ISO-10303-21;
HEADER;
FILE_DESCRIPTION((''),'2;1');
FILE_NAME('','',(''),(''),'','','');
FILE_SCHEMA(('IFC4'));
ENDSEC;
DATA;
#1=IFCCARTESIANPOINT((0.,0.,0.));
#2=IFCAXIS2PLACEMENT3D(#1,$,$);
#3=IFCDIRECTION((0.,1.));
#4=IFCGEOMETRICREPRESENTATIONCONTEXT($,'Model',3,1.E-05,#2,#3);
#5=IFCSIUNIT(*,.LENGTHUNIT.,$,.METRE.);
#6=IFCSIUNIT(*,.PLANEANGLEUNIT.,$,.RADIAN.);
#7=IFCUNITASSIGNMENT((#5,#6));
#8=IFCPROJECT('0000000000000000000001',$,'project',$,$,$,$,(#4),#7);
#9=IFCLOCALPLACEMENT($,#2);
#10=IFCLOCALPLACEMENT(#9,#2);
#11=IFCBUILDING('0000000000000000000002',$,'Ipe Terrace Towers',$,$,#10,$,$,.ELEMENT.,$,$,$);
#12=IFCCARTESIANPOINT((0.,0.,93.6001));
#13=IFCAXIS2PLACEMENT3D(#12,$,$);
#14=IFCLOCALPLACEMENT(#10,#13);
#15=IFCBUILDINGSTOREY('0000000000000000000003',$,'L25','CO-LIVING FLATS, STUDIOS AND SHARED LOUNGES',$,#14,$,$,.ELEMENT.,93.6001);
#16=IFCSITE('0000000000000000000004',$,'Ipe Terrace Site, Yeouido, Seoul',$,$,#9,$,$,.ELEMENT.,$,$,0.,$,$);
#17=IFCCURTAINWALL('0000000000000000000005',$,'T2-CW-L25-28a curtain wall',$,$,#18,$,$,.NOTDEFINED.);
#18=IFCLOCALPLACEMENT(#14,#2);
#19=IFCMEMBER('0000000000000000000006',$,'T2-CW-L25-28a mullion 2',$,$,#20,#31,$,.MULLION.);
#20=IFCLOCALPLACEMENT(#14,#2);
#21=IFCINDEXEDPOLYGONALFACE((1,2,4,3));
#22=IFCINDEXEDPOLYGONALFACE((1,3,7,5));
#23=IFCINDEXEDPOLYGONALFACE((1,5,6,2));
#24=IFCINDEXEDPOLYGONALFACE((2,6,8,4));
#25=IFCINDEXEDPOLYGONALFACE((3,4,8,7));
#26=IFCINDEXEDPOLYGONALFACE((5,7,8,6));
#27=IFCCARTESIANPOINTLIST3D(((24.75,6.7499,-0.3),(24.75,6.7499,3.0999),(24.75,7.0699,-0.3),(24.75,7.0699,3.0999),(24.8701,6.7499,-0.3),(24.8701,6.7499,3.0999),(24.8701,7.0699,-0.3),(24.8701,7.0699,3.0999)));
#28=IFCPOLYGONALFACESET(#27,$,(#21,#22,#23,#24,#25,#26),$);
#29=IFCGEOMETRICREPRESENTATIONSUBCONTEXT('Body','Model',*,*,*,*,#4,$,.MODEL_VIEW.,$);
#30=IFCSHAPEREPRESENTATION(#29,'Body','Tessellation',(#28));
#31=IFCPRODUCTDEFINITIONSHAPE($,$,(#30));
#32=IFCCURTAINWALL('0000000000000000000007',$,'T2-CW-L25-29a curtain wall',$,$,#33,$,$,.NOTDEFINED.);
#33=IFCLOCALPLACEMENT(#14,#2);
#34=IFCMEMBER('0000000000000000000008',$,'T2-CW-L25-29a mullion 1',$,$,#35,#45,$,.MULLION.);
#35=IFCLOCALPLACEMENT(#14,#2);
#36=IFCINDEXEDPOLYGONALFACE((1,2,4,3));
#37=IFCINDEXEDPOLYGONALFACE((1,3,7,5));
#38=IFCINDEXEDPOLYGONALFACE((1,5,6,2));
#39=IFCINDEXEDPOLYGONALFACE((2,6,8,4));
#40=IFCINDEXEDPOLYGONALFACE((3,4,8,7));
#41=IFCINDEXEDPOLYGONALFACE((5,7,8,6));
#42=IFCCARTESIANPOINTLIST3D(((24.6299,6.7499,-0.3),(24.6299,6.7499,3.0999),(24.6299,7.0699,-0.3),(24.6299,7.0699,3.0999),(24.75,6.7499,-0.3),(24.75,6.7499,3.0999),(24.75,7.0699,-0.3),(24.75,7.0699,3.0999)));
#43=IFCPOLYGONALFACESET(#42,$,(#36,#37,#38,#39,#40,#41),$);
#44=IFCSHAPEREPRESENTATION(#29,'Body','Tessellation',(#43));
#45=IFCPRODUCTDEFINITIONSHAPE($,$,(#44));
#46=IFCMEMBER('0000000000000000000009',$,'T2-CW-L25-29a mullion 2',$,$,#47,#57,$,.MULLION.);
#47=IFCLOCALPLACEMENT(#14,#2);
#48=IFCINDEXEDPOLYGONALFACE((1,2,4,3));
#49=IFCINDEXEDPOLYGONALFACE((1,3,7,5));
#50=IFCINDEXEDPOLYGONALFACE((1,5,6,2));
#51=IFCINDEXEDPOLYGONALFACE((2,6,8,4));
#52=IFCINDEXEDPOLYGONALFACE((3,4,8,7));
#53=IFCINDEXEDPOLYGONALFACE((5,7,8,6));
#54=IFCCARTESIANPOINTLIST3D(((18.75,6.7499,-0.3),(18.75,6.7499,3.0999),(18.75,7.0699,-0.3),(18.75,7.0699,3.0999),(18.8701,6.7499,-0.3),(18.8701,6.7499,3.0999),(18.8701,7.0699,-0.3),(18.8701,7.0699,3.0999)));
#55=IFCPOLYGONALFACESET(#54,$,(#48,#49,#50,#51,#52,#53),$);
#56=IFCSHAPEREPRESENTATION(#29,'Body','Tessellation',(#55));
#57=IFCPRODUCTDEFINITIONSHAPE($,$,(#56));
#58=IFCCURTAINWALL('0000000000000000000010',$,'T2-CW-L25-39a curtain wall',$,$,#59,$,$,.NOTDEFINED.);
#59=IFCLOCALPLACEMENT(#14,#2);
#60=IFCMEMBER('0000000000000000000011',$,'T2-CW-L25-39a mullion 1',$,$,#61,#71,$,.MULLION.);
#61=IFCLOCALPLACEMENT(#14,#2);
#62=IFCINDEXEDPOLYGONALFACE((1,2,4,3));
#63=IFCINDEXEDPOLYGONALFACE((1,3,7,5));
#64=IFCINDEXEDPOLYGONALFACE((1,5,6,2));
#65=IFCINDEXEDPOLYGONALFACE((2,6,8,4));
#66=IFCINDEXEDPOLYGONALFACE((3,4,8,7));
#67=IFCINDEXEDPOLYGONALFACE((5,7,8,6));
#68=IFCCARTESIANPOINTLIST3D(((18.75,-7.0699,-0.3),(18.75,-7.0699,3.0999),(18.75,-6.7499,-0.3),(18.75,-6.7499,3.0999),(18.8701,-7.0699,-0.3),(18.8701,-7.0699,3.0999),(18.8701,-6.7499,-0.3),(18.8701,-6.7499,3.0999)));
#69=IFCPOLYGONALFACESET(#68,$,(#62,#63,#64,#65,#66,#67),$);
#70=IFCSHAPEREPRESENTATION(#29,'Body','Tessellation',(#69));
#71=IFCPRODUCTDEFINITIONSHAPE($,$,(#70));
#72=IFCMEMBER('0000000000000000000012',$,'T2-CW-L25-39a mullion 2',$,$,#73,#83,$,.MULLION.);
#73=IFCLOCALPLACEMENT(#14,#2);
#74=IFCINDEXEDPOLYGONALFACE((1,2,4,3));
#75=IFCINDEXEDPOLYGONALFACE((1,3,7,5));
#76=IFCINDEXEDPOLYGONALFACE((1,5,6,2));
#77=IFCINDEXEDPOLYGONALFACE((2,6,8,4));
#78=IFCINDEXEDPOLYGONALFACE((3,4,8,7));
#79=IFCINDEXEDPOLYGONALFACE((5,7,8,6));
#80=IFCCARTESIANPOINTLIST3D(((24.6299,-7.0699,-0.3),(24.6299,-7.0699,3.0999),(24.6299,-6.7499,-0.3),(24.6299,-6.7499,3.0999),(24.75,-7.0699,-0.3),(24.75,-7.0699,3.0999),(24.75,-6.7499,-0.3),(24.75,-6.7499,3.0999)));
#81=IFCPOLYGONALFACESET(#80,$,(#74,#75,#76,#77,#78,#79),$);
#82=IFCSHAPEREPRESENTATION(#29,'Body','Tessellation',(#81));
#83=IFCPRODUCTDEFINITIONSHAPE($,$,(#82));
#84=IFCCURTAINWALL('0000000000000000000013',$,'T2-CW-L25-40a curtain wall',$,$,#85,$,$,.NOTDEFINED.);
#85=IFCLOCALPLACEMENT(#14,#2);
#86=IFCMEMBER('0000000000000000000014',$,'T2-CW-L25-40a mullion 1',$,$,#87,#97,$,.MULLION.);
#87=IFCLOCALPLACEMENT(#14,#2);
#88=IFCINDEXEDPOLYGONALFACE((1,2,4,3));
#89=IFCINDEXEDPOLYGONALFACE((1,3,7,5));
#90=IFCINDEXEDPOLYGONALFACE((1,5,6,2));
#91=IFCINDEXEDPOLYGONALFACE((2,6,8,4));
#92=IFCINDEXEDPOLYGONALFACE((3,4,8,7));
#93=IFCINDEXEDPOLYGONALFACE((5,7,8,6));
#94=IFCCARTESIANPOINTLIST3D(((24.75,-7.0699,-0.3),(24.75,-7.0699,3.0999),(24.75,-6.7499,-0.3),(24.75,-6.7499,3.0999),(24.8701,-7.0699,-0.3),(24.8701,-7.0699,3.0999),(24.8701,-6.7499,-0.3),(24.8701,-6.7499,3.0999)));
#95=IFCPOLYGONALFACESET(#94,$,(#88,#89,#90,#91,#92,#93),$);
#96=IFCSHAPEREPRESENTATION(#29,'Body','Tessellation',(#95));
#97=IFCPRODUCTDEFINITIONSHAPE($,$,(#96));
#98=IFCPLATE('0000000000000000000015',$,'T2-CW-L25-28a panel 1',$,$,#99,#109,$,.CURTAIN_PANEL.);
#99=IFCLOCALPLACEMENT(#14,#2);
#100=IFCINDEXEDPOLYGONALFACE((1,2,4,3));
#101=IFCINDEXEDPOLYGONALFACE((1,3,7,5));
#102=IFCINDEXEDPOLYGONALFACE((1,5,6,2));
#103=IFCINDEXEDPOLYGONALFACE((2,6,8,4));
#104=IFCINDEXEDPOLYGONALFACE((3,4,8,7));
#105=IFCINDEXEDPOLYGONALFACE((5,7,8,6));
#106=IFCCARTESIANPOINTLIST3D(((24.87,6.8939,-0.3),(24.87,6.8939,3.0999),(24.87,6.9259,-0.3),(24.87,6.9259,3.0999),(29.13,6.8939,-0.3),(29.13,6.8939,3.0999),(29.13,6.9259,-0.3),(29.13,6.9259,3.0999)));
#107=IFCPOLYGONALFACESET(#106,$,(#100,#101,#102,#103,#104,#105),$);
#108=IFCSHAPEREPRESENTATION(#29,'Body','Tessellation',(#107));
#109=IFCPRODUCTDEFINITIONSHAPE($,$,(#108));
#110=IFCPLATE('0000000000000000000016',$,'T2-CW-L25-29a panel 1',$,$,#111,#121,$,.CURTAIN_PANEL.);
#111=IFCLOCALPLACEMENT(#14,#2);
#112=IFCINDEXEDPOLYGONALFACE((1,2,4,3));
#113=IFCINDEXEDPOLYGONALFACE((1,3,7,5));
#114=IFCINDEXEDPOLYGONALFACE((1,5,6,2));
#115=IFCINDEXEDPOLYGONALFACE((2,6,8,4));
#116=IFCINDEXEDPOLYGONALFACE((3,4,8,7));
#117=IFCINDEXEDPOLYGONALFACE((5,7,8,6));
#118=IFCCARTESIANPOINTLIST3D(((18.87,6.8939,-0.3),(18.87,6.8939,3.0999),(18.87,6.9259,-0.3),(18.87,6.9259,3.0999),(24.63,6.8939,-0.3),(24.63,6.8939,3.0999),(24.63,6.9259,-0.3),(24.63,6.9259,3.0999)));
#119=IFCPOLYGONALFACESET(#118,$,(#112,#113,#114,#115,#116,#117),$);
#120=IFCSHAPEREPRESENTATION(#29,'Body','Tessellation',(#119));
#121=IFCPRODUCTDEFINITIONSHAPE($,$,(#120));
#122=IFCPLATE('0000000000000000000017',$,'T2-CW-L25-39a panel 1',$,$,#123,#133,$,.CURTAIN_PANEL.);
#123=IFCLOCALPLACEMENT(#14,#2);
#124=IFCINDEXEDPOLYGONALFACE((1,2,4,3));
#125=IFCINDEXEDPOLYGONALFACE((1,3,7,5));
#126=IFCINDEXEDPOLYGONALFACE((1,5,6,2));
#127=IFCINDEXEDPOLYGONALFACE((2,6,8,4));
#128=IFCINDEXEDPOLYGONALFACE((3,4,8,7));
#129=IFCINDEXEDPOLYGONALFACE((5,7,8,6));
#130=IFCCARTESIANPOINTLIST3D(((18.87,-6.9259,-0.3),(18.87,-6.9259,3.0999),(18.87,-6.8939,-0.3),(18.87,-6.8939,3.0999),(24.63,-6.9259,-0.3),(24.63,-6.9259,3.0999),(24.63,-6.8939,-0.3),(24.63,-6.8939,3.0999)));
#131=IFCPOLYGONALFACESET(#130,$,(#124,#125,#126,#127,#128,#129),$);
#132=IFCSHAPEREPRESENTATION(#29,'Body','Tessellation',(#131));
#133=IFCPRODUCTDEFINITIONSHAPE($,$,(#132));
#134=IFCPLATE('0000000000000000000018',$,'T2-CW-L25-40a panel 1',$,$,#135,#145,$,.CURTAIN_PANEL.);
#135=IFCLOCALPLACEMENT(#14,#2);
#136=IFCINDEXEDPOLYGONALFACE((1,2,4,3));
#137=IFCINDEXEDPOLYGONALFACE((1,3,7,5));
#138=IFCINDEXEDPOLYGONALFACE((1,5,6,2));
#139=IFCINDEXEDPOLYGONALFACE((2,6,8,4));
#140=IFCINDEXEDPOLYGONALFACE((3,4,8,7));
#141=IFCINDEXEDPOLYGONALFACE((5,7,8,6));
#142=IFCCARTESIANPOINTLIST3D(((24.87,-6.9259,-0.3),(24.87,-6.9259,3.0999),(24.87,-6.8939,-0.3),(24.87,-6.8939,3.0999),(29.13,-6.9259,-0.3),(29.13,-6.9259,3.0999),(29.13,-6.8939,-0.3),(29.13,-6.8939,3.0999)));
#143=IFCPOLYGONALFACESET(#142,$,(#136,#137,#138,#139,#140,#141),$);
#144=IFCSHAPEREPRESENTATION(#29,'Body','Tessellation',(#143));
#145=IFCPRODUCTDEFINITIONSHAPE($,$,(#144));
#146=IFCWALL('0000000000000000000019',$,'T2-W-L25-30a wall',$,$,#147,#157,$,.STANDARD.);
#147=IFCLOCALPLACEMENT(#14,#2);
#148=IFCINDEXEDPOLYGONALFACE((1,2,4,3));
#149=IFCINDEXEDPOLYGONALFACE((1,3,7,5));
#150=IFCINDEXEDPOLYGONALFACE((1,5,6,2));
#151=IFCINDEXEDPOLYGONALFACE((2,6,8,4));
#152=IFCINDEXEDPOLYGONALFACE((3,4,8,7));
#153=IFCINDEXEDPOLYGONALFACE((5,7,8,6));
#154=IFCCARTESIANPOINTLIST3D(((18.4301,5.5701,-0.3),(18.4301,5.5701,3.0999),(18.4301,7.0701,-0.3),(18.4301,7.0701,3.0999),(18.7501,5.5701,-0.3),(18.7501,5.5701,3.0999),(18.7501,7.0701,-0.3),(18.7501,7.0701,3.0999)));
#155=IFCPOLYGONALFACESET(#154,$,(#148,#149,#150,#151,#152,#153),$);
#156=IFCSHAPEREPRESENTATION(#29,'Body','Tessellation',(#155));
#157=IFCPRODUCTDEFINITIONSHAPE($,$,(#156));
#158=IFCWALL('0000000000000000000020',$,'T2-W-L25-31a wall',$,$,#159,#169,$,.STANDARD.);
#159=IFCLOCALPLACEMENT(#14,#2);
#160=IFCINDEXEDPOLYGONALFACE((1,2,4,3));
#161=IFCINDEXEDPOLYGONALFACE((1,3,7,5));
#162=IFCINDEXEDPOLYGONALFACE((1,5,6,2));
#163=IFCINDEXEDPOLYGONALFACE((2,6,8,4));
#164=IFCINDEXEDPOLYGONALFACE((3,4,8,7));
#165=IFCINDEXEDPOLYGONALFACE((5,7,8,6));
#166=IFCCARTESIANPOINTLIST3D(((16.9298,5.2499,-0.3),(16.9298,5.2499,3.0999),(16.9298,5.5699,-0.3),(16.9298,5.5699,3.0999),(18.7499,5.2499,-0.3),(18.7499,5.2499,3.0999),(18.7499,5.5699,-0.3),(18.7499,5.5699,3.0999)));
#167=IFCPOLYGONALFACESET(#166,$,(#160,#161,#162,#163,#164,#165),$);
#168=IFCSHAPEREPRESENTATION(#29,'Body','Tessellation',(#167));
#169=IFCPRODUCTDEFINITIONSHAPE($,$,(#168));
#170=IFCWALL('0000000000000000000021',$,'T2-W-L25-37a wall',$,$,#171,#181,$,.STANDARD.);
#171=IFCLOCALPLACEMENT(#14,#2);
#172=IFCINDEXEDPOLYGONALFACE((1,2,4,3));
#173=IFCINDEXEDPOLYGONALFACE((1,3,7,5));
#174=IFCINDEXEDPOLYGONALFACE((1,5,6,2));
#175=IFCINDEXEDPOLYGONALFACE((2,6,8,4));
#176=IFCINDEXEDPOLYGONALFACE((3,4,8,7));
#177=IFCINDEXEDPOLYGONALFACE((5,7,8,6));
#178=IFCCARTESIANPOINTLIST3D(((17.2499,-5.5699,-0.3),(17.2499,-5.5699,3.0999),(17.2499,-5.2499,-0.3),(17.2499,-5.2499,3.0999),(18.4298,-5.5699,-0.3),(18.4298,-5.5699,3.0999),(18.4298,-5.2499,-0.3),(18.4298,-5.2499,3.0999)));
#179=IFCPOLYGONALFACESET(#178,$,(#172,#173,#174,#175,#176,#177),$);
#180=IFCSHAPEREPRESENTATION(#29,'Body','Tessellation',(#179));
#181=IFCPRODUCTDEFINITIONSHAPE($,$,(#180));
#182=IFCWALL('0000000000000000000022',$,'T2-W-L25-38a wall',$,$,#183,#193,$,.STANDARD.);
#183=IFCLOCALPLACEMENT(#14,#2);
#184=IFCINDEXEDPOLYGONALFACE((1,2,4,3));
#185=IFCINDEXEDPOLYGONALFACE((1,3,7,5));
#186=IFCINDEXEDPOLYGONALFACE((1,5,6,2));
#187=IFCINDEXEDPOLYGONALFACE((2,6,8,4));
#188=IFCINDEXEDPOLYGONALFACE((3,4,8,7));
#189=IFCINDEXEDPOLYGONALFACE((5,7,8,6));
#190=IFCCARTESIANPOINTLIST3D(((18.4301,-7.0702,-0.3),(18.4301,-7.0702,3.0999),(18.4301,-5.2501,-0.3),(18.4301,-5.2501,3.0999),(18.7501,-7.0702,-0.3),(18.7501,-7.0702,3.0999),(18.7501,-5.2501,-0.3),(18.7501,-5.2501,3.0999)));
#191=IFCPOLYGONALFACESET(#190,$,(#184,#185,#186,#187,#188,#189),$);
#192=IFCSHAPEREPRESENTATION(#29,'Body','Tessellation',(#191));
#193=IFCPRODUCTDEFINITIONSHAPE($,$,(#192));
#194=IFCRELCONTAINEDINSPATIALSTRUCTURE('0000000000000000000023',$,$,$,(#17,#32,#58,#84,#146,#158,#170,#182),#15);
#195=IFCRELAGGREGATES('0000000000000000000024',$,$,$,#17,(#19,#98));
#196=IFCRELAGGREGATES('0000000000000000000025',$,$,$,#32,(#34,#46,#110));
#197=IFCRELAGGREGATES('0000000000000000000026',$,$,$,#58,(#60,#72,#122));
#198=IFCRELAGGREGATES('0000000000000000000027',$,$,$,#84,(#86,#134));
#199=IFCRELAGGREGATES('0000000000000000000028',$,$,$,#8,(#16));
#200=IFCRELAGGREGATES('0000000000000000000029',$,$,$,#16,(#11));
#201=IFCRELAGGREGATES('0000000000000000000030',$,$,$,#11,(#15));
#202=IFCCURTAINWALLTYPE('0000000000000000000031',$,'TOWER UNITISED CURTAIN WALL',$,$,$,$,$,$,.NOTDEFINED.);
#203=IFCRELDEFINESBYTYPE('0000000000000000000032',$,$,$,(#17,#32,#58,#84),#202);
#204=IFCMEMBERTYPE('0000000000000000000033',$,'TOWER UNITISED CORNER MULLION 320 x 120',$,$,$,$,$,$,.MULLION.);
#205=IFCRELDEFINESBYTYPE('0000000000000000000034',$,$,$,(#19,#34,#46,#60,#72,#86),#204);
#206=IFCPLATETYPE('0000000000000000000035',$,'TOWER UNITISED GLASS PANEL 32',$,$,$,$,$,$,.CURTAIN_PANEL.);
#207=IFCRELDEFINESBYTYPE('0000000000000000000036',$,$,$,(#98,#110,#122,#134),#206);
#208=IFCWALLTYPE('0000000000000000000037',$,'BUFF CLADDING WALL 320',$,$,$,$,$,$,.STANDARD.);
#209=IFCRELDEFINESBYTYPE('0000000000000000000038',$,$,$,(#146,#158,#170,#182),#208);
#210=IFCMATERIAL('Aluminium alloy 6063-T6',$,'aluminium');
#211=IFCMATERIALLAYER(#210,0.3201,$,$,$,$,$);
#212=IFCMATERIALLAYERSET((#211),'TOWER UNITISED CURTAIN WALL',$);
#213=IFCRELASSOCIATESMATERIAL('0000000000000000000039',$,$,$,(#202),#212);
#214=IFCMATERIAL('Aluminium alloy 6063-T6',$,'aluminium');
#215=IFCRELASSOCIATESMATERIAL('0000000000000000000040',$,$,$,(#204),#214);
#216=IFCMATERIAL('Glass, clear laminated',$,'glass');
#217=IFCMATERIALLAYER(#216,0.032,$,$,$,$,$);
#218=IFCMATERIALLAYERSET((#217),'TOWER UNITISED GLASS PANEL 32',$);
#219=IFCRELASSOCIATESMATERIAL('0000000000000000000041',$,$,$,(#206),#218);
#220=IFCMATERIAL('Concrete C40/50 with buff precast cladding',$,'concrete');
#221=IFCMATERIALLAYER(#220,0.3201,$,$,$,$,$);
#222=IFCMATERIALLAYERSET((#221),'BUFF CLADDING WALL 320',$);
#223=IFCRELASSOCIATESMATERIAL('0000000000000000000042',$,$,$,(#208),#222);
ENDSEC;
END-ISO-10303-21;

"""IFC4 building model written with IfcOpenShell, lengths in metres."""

from ifc_helpers import new_model, si_unit, direction, frame, frame_2d, origin, origin_2d, place, context, subcontext, project, spatial, rectangle, extrude, material, layer, layer_set, material_profile, profile_set, type_object, element, aggregate, save


model = new_model("IFC4")

# Units and contexts
model_context = context("Model", 3, precision=1e-05, world=origin(), true_north=direction((0.0, 1.0)))
body_context = subcontext(model_context, "Body", "Model", "MODEL_VIEW")
ifc_project = project(units=[si_unit("LENGTHUNIT", "METRE"), si_unit("PLANEANGLEUNIT", "RADIAN")], contexts=[model_context])

# Site, building, storey
site_placement = place(None, origin())
site = spatial("IfcSite", under=ifc_project, at=site_placement, Name="Ipe Terrace Site, Yeouido, Seoul", CompositionType="ELEMENT", RefElevation=0.0)
building_placement = place(site_placement, origin())
building = spatial("IfcBuilding", under=site, at=building_placement, Name="Ipe Terrace Towers", CompositionType="ELEMENT")
storey_placement = place(building_placement, frame((0.0, 0.0, 93.6001)))
storey = spatial("IfcBuildingStorey", under=building, at=storey_placement, Name="L25", Description="CO-LIVING FLATS, STUDIOS AND SHARED LOUNGES", CompositionType="ELEMENT", Elevation=93.6001)

# Curtain wall, member
ifc_material_1 = material(Name="Aluminium alloy 6063-T6", Category="aluminium")
ifc_layer_1 = layer(ifc_material_1, 0.3201)
ifc_layer_set_1 = layer_set([ifc_layer_1], Name="TOWER UNITISED CURTAIN WALL")
curtain_wall_type = type_object("IfcCurtainWallType", Name="TOWER UNITISED CURTAIN WALL", PredefinedType="NOTDEFINED", material=ifc_layer_set_1)
curtain_wall_1_placement = place(storey_placement, origin())
curtain_wall_1 = element("IfcCurtainWall", 1, at=curtain_wall_1_placement, inside=storey, type_object=curtain_wall_type, Name="T2-CW-L25-28a curtain wall", PredefinedType="NOTDEFINED")
ifc_material_2 = material(Name="Aluminium alloy 6063-T6", Category="aluminium")
ifc_material_profile_1 = material_profile(ifc_material_2, rectangle(XDim=0.3201, YDim=0.1201, at=origin_2d()), Name="TOWER UNITISED CORNER MULLION 320 x 120")
ifc_profile_set_1 = profile_set([ifc_material_profile_1], Name="Aluminium alloy 6063-T6")
member_type = type_object("IfcMemberType", Name="TOWER UNITISED CORNER MULLION 320 x 120", PredefinedType="MULLION", material=ifc_profile_set_1)
member_1_placement = place(storey_placement, frame((24.8101, 6.9099, -0.3), z_axis=(0.0, 0.0, 1.0), x_axis=(0.0, 1.0, 0.0)))
member_1 = element("IfcMember", 2, at=member_1_placement, type_object=member_type, Name="T2-CW-L25-28a mullion 2", PredefinedType="MULLION", context=body_context, shape_type="SweptSolid", body=[
    extrude(rectangle(XDim=0.3201, YDim=0.1201, at=origin_2d()), origin(), (0.0, 0.0, 1.0), 3.3999),
])

# Curtain walls, members
curtain_wall_2_placement = place(storey_placement, origin())
curtain_wall_2 = element("IfcCurtainWall", 3, at=curtain_wall_2_placement, inside=storey, type_object=curtain_wall_type, Name="T2-CW-L25-29a curtain wall", PredefinedType="NOTDEFINED")
member_2_placement = place(storey_placement, frame((24.6899, 6.9099, -0.3), z_axis=(0.0, 0.0, 1.0), x_axis=(0.0, 1.0, 0.0)))
member_2 = element("IfcMember", 4, at=member_2_placement, type_object=member_type, Name="T2-CW-L25-29a mullion 1", PredefinedType="MULLION", context=body_context, shape_type="SweptSolid", body=[
    extrude(rectangle(XDim=0.3201, YDim=0.1201, at=origin_2d()), origin(), (0.0, 0.0, 1.0), 3.3999),
])
member_3_placement = place(storey_placement, frame((18.8101, 6.9099, -0.3), z_axis=(0.0, 0.0, 1.0), x_axis=(0.0, 1.0, 0.0)))
member_3 = element("IfcMember", 5, at=member_3_placement, type_object=member_type, Name="T2-CW-L25-29a mullion 2", PredefinedType="MULLION", context=body_context, shape_type="SweptSolid", body=[
    extrude(rectangle(XDim=0.3201, YDim=0.1201, at=origin_2d()), origin(), (0.0, 0.0, 1.0), 3.3999),
])
curtain_wall_3_placement = place(storey_placement, origin())
curtain_wall_3 = element("IfcCurtainWall", 6, at=curtain_wall_3_placement, inside=storey, type_object=curtain_wall_type, Name="T2-CW-L25-39a curtain wall", PredefinedType="NOTDEFINED")
member_4_placement = place(storey_placement, frame((18.8101, -6.9099, -0.3), z_axis=(0.0, 0.0, 1.0), x_axis=(0.0, -1.0, 0.0)))
member_4 = element("IfcMember", 7, at=member_4_placement, type_object=member_type, Name="T2-CW-L25-39a mullion 1", PredefinedType="MULLION", context=body_context, shape_type="SweptSolid", body=[
    extrude(rectangle(XDim=0.3201, YDim=0.1201, at=origin_2d()), origin(), (0.0, 0.0, 1.0), 3.3999),
])
member_5_placement = place(storey_placement, frame((24.6899, -6.9099, -0.3), z_axis=(0.0, 0.0, 1.0), x_axis=(0.0, -1.0, 0.0)))
member_5 = element("IfcMember", 8, at=member_5_placement, type_object=member_type, Name="T2-CW-L25-39a mullion 2", PredefinedType="MULLION", context=body_context, shape_type="SweptSolid", body=[
    extrude(rectangle(XDim=0.3201, YDim=0.1201, at=origin_2d()), origin(), (0.0, 0.0, 1.0), 3.3999),
])

# Curtain wall, member
curtain_wall_4_placement = place(storey_placement, origin())
curtain_wall_4 = element("IfcCurtainWall", 9, at=curtain_wall_4_placement, inside=storey, type_object=curtain_wall_type, Name="T2-CW-L25-40a curtain wall", PredefinedType="NOTDEFINED")
member_6_placement = place(storey_placement, frame((24.8101, -6.9099, -0.3), z_axis=(0.0, 0.0, 1.0), x_axis=(0.0, -1.0, 0.0)))
member_6 = element("IfcMember", 10, at=member_6_placement, type_object=member_type, Name="T2-CW-L25-40a mullion 1", PredefinedType="MULLION", context=body_context, shape_type="SweptSolid", body=[
    extrude(rectangle(XDim=0.3201, YDim=0.1201, at=origin_2d()), origin(), (0.0, 0.0, 1.0), 3.3999),
])

# Plates
ifc_material_3 = material(Name="Glass, clear laminated", Category="glass")
ifc_layer_2 = layer(ifc_material_3, 0.032)
ifc_layer_set_2 = layer_set([ifc_layer_2], Name="TOWER UNITISED GLASS PANEL 32")
plate_type = type_object("IfcPlateType", Name="TOWER UNITISED GLASS PANEL 32", PredefinedType="CURTAIN_PANEL", material=ifc_layer_set_2)
plate_1_placement = place(storey_placement, frame((27.0, 6.9099, -0.3), z_axis=(0.0, 0.0, 1.0), x_axis=(-1.0, 0.0, 0.0)))
plate_1 = element("IfcPlate", 11, at=plate_1_placement, type_object=plate_type, Name="T2-CW-L25-28a panel 1", PredefinedType="CURTAIN_PANEL", context=body_context, shape_type="SweptSolid", body=[
    extrude(rectangle(XDim=4.26, YDim=0.032, at=origin_2d()), origin(), (0.0, 0.0, 1.0), 3.3999),
])
aggregate(curtain_wall_1, [member_1, plate_1])
plate_2_placement = place(storey_placement, frame((21.75, 6.9099, -0.3), z_axis=(0.0, 0.0, 1.0), x_axis=(-1.0, 0.0, 0.0)))
plate_2 = element("IfcPlate", 12, at=plate_2_placement, type_object=plate_type, Name="T2-CW-L25-29a panel 1", PredefinedType="CURTAIN_PANEL", context=body_context, shape_type="SweptSolid", body=[
    extrude(rectangle(XDim=5.76, YDim=0.032, at=origin_2d()), origin(), (0.0, 0.0, 1.0), 3.3999),
])
aggregate(curtain_wall_2, [member_2, member_3, plate_2])
plate_3_placement = place(storey_placement, frame((21.75, -6.9099, -0.3), z_axis=(0.0, 0.0, 1.0), x_axis=(1.0, 0.0, 0.0)))
plate_3 = element("IfcPlate", 13, at=plate_3_placement, type_object=plate_type, Name="T2-CW-L25-39a panel 1", PredefinedType="CURTAIN_PANEL", context=body_context, shape_type="SweptSolid", body=[
    extrude(rectangle(XDim=5.76, YDim=0.032, at=origin_2d()), origin(), (0.0, 0.0, 1.0), 3.3999),
])
aggregate(curtain_wall_3, [member_4, member_5, plate_3])
plate_4_placement = place(storey_placement, frame((27.0, -6.9099, -0.3), z_axis=(0.0, 0.0, 1.0), x_axis=(1.0, 0.0, 0.0)))
plate_4 = element("IfcPlate", 14, at=plate_4_placement, type_object=plate_type, Name="T2-CW-L25-40a panel 1", PredefinedType="CURTAIN_PANEL", context=body_context, shape_type="SweptSolid", body=[
    extrude(rectangle(XDim=4.26, YDim=0.032, at=origin_2d()), origin(), (0.0, 0.0, 1.0), 3.3999),
])
aggregate(curtain_wall_4, [member_6, plate_4])

# Walls
ifc_material_4 = material(Name="Concrete C40/50 with buff precast cladding", Category="concrete")
ifc_layer_3 = layer(ifc_material_4, 0.3201)
ifc_layer_set_3 = layer_set([ifc_layer_3], Name="BUFF CLADDING WALL 320")
wall_type_1 = type_object("IfcWallType", Name="BUFF CLADDING WALL 320", PredefinedType="STANDARD", material=ifc_layer_set_3)
wall_1_placement = place(storey_placement, frame((18.5901, 7.0701, -0.3), z_axis=(0.0, 0.0, 1.0), x_axis=(0.0, -1.0, 0.0)))
element("IfcWall", 15, at=wall_1_placement, inside=storey, type_object=wall_type_1, Name="T2-W-L25-30a wall", PredefinedType="STANDARD", context=body_context, shape_type="SweptSolid", body=[
    extrude(rectangle(XDim=1.5, YDim=0.3201, at=frame_2d((0.75, 0.0))), origin(), (0.0, 0.0, 1.0), 3.3999),
])
wall_2_placement = place(storey_placement, frame((18.75, 5.4099, -0.3), z_axis=(0.0, 0.0, 1.0), x_axis=(-1.0, 0.0, 0.0)))
element("IfcWall", 16, at=wall_2_placement, inside=storey, type_object=wall_type_1, Name="T2-W-L25-31a wall", PredefinedType="STANDARD", context=body_context, shape_type="SweptSolid", body=[
    extrude(rectangle(XDim=1.8201, YDim=0.3201, at=frame_2d((0.9102, 0.0))), origin(), (0.0, 0.0, 1.0), 3.3999),
])
wall_3_placement = place(storey_placement, frame((17.25, -5.4099, -0.3), z_axis=(0.0, 0.0, 1.0), x_axis=(1.0, 0.0, 0.0)))
element("IfcWall", 17, at=wall_3_placement, inside=storey, type_object=wall_type_1, Name="T2-W-L25-37a wall", PredefinedType="STANDARD", context=body_context, shape_type="SweptSolid", body=[
    extrude(rectangle(XDim=1.1799, YDim=0.3201, at=frame_2d((0.5898, 0.0))), origin(), (0.0, 0.0, 1.0), 3.3999),
])
wall_4_placement = place(storey_placement, frame((18.5901, -5.25, -0.3), z_axis=(0.0, 0.0, 1.0), x_axis=(0.0, -1.0, 0.0)))
element("IfcWall", 18, at=wall_4_placement, inside=storey, type_object=wall_type_1, Name="T2-W-L25-38a wall", PredefinedType="STANDARD", context=body_context, shape_type="SweptSolid", body=[
    extrude(rectangle(XDim=1.8201, YDim=0.3201, at=frame_2d((0.9102, 0.0))), origin(), (0.0, 0.0, 1.0), 3.3999),
])

save(model, "model.ifc")
